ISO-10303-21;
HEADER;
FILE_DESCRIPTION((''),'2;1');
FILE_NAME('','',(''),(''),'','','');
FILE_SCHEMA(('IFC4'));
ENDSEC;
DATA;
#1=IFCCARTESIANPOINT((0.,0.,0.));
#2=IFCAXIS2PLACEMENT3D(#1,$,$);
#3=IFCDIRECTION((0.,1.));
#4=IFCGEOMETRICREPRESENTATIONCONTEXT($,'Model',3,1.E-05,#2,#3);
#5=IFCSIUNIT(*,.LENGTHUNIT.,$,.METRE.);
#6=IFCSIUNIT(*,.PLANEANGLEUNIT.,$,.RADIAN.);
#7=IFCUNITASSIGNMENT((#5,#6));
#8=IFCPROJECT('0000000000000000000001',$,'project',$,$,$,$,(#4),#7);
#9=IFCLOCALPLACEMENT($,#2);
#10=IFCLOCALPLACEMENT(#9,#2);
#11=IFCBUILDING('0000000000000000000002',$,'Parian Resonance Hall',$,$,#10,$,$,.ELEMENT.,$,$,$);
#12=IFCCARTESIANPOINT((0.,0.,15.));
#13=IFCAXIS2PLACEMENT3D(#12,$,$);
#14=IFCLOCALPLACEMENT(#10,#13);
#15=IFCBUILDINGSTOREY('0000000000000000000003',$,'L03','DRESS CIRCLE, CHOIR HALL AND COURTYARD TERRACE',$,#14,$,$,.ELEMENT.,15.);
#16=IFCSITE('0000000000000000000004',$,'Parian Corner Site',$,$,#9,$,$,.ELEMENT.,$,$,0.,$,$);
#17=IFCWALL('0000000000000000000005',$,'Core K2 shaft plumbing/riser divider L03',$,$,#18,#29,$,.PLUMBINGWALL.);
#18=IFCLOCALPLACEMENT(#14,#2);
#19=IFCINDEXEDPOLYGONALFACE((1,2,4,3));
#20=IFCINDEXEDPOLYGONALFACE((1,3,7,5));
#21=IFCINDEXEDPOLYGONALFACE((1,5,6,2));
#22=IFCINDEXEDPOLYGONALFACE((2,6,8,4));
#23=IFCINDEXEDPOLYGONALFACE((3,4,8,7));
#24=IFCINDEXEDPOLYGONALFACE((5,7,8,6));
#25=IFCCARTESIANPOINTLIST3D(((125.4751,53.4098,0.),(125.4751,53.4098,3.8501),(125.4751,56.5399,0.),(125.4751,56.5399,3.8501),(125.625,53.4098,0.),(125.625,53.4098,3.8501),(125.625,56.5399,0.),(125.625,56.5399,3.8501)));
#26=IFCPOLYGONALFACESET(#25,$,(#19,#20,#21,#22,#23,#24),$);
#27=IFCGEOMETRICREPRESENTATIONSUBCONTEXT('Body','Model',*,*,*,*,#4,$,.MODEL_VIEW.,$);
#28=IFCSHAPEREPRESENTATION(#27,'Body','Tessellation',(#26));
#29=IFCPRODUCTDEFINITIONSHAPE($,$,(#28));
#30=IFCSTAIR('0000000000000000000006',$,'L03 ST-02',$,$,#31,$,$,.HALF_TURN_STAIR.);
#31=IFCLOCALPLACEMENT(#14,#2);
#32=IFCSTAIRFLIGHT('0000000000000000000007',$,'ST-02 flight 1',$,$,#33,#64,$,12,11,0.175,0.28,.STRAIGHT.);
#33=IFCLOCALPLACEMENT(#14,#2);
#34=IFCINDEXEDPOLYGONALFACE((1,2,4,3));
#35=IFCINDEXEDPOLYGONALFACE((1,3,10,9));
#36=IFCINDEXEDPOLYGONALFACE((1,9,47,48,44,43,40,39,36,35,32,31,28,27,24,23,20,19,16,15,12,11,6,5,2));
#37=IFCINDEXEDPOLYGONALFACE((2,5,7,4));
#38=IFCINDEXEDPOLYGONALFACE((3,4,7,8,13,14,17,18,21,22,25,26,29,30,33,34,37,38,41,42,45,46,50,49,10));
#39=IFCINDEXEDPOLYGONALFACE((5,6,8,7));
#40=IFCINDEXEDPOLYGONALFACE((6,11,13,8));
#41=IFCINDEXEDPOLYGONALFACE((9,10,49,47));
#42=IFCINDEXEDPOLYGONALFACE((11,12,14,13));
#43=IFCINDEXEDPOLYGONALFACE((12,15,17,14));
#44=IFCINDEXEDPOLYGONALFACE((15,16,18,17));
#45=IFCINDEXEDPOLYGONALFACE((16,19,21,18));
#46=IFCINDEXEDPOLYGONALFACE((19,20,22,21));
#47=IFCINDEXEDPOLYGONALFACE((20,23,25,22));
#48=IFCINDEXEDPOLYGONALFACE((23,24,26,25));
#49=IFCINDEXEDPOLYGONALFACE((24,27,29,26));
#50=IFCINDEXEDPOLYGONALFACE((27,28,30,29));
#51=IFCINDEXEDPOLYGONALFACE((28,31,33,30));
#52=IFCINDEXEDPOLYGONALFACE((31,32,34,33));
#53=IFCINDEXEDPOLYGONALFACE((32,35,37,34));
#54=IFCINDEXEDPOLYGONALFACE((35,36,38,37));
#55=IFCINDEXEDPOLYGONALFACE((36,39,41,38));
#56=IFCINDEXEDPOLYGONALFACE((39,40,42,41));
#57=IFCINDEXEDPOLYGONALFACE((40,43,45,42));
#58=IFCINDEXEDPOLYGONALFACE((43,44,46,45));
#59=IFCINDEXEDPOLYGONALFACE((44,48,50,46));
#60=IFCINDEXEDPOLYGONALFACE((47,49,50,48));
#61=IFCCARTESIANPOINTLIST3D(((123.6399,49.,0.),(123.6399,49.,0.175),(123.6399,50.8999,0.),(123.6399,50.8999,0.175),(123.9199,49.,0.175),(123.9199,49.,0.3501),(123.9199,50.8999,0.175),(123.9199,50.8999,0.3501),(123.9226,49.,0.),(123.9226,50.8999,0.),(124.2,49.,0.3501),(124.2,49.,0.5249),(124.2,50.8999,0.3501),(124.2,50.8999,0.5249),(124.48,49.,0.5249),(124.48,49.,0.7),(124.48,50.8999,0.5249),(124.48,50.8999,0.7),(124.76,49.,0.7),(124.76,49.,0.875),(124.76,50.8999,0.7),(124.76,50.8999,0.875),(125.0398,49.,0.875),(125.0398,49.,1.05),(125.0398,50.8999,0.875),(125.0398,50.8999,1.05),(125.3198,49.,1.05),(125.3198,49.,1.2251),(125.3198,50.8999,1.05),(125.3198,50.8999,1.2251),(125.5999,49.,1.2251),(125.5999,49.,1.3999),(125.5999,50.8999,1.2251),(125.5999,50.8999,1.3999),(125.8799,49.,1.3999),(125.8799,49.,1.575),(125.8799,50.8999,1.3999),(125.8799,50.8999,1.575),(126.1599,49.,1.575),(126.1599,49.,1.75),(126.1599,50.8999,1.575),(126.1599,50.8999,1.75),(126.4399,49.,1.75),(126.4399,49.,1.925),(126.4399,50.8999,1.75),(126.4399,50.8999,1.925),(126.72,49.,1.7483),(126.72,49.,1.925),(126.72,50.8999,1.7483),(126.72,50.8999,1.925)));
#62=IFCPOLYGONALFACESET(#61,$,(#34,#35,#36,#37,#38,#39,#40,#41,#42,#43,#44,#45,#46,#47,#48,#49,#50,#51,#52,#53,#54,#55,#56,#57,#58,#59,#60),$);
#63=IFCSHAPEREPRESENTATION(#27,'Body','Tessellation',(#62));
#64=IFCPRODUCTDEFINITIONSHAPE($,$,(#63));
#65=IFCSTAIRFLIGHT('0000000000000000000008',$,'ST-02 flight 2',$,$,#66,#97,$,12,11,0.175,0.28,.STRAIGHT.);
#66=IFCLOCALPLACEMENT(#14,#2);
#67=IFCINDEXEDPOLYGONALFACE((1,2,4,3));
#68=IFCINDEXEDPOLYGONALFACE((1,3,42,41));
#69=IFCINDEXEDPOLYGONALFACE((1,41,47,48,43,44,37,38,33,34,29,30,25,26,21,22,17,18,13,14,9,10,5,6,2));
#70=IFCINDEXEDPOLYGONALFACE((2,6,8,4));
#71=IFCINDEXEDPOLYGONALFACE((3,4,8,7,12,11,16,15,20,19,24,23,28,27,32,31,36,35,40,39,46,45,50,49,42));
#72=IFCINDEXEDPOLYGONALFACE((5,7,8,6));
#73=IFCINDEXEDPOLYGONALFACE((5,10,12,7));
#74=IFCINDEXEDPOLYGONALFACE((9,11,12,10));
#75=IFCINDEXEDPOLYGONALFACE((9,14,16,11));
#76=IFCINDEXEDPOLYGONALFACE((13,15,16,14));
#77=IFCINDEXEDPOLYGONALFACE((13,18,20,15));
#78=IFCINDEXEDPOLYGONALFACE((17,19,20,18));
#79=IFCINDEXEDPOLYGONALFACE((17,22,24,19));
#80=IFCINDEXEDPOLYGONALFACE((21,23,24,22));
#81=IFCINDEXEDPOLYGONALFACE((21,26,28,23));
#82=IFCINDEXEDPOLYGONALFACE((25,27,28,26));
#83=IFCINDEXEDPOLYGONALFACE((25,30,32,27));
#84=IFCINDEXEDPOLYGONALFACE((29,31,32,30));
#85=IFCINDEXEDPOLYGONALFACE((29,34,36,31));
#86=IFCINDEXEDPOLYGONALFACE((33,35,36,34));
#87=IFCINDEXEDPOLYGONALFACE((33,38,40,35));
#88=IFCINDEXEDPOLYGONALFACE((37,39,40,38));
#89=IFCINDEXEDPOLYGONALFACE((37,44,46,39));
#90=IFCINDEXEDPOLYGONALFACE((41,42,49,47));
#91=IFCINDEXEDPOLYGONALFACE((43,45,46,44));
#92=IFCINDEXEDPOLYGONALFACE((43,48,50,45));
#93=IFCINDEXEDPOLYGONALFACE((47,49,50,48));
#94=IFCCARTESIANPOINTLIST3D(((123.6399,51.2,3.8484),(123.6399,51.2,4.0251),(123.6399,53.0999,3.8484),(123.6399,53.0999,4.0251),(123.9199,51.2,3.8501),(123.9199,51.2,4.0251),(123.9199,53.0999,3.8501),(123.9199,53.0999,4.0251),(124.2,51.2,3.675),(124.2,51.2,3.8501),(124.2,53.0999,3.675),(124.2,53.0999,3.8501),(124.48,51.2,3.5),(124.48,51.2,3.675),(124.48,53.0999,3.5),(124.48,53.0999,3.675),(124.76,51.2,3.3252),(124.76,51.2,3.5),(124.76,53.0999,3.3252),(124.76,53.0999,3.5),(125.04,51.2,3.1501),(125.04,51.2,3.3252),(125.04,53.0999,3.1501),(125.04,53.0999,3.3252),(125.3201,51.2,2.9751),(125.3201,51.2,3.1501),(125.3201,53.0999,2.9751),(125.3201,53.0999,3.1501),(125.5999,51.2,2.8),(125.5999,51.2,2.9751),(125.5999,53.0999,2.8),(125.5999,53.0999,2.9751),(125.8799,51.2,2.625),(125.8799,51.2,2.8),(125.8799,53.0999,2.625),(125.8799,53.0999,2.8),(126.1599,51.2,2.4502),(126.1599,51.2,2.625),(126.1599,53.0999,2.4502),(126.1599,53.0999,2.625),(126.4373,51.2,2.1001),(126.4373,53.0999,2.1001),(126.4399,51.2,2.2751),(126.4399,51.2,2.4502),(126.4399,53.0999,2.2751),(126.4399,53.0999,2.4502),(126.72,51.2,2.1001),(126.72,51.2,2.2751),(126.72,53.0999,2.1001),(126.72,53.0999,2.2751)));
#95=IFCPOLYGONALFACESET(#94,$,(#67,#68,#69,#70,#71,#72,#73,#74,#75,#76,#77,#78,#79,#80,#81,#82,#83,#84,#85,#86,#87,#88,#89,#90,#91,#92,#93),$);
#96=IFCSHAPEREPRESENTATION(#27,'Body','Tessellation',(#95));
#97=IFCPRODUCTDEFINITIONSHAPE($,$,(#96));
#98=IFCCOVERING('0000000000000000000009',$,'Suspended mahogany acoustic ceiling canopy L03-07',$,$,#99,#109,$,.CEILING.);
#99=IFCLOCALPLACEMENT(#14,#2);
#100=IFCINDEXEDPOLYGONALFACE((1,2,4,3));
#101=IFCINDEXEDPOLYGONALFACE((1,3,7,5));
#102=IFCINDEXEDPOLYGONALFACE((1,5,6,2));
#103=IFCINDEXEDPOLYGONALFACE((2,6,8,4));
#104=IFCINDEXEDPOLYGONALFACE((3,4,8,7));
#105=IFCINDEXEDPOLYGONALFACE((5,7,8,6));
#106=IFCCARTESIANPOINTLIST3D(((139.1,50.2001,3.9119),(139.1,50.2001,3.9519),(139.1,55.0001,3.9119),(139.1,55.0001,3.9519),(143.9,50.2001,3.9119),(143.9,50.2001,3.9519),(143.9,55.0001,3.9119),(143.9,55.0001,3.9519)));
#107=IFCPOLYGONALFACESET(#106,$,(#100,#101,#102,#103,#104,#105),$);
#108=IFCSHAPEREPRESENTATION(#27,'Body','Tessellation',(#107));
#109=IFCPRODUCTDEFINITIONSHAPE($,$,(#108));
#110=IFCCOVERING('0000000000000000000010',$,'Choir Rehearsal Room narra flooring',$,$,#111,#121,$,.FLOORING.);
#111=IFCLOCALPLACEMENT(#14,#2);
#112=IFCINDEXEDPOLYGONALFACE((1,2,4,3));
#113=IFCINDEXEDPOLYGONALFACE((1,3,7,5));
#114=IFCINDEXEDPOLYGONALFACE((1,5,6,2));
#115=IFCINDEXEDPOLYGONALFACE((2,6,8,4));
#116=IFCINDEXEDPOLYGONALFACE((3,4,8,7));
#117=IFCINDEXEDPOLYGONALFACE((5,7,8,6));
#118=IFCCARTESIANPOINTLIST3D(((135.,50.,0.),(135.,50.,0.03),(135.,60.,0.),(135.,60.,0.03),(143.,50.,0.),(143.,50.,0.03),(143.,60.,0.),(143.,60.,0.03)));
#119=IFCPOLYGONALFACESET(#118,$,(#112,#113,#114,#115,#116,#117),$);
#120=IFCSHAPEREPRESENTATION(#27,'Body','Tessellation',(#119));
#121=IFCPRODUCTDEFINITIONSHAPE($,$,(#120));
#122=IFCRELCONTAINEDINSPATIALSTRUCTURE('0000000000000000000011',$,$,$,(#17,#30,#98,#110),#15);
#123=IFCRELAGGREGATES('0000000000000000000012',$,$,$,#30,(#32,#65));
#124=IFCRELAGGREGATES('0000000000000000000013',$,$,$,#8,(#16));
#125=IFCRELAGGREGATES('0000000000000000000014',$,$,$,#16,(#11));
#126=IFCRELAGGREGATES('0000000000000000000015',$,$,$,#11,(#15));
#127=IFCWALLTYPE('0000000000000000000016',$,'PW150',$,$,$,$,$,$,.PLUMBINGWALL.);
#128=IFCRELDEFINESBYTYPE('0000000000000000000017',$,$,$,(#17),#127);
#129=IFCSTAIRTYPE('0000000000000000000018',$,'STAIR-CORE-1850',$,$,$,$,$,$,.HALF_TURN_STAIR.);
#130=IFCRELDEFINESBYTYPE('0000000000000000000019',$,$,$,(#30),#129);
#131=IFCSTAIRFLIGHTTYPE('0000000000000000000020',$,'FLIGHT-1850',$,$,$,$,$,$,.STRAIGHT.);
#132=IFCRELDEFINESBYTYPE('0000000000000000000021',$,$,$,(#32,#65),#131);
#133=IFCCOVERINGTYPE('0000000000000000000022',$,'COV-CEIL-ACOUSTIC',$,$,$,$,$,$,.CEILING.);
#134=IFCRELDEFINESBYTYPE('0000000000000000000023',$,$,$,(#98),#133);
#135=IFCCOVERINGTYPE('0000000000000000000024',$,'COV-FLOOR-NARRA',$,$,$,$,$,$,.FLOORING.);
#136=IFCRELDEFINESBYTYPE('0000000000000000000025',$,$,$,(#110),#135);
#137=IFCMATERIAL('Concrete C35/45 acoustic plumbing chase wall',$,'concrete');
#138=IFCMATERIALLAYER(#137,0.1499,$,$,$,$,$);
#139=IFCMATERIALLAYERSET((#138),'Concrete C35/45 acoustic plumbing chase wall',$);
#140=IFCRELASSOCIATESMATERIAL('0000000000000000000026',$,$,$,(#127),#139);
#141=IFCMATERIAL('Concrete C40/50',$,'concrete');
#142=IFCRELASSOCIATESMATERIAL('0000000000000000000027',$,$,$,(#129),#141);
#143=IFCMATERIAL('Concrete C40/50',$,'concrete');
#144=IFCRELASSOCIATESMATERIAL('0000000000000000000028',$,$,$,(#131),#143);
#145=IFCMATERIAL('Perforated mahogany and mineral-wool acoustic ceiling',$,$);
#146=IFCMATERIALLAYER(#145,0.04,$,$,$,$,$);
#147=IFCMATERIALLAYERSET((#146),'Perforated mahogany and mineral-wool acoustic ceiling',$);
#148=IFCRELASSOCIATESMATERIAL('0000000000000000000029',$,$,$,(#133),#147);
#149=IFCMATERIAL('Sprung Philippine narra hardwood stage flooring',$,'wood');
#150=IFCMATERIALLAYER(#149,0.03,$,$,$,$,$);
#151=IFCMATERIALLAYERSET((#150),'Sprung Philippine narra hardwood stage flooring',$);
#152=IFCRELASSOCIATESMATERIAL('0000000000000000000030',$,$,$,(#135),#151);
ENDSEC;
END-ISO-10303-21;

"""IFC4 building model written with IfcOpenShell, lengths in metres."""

from ifc_helpers import new_model, si_unit, direction, frame, frame_2d, origin, origin_2d, place, context, subcontext, project, spatial, polyline, rectangle, outline, extrude, material, layer, layer_set, type_object, element, aggregate, save


model = new_model("IFC4")

# Units and contexts
model_context = context("Model", 3, precision=1e-05, world=origin(), true_north=direction((0.0, 1.0)))
body_context = subcontext(model_context, "Body", "Model", "MODEL_VIEW")
ifc_project = project(units=[si_unit("LENGTHUNIT", "METRE"), si_unit("PLANEANGLEUNIT", "RADIAN")], contexts=[model_context])

# Site, building, storey
site_placement = place(None, origin())
site = spatial("IfcSite", under=ifc_project, at=site_placement, Name="Parian Corner Site", CompositionType="ELEMENT", RefElevation=0.0)
building_placement = place(site_placement, origin())
building = spatial("IfcBuilding", under=site, at=building_placement, Name="Parian Resonance Hall", CompositionType="ELEMENT")
storey_placement = place(building_placement, frame((0.0, 0.0, 15.0)))
storey = spatial("IfcBuildingStorey", under=building, at=storey_placement, Name="L03", Description="DRESS CIRCLE, CHOIR HALL AND COURTYARD TERRACE", CompositionType="ELEMENT", Elevation=15.0)

# Wall
ifc_material_1 = material(Name="Concrete C35/45 acoustic plumbing chase wall", Category="concrete")
ifc_layer_1 = layer(ifc_material_1, 0.1499)
ifc_layer_set_1 = layer_set([ifc_layer_1], Name="Concrete C35/45 acoustic plumbing chase wall")
wall_type_1 = type_object("IfcWallType", Name="PW150", PredefinedType="PLUMBINGWALL", material=ifc_layer_set_1)
wall_1_placement = place(storey_placement, frame((125.55, 53.4099, 0.0), z_axis=(0.0, 0.0, 1.0), x_axis=(0.0, 1.0, 0.0)))
element("IfcWall", 1, at=wall_1_placement, inside=storey, type_object=wall_type_1, Name="Core K2 shaft plumbing/riser divider L03", PredefinedType="PLUMBINGWALL", context=body_context, shape_type="SweptSolid", body=[
    extrude(rectangle(XDim=3.1301, YDim=0.1499, at=frame_2d((1.5649, 0.0))), origin(), (0.0, 0.0, 1.0), 3.8501),
])

# Stair, stair flights
ifc_material_2 = material(Name="Concrete C40/50", Category="concrete")
stair_type = type_object("IfcStairType", Name="STAIR-CORE-1850", PredefinedType="HALF_TURN_STAIR", material=ifc_material_2)
stair_placement = place(storey_placement, origin())
stair = element("IfcStair", 2, at=stair_placement, inside=storey, type_object=stair_type, Name="L03 ST-02", PredefinedType="HALF_TURN_STAIR")
ifc_material_3 = material(Name="Concrete C40/50", Category="concrete")
stair_flight_type = type_object("IfcStairFlightType", Name="FLIGHT-1850", PredefinedType="STRAIGHT", material=ifc_material_3)
stair_flight_1_placement = place(storey_placement, frame((123.6399, 49.95, 0.0), z_axis=(0.0, 0.0, 1.0), x_axis=(1.0, 0.0, 0.0)))
stair_flight_1 = element("IfcStairFlight", 3, at=stair_flight_1_placement, type_object=stair_flight_type, Name="ST-02 flight 1", NumberOfRisers=12, NumberOfTreads=11, PredefinedType="STRAIGHT", RiserHeight=0.175, TreadLength=0.28, context=body_context, shape_type="SweptSolid", body=[
    extrude(outline(polyline([(0.0, 0.0), (0.0, 0.175), (0.28, 0.175), (0.28, 0.3501), (0.5601, 0.3501), (0.5601, 0.5249), (0.8401, 0.5249), (0.8401, 0.7), (1.1201, 0.7), (1.1201, 0.875), (1.3999, 0.875), (1.3999, 1.05), (1.6799, 1.05), (1.6799, 1.2251), (1.96, 1.2251), (1.96, 1.3999), (2.24, 1.3999), (2.24, 1.575), (2.52, 1.575), (2.52, 1.75), (2.8, 1.75), (2.8, 1.925), (3.0801, 1.925), (3.0801, 2.1001), (3.0801, 1.7483), (0.2827, 0.0), (0.0, 0.0)])), frame((0.0, 0.95, 0.0), z_axis=(0.0, -1.0, 0.0), x_axis=(1.0, 0.0, 0.0)), (0.0, 0.0, 1.0), 1.8999),
])
stair_flight_2_placement = place(storey_placement, frame((126.72, 52.1499, 2.1001), z_axis=(0.0, 0.0, 1.0), x_axis=(-1.0, 0.0, 0.0)))
stair_flight_2 = element("IfcStairFlight", 4, at=stair_flight_2_placement, type_object=stair_flight_type, Name="ST-02 flight 2", NumberOfRisers=12, NumberOfTreads=11, PredefinedType="STRAIGHT", RiserHeight=0.175, TreadLength=0.28, context=body_context, shape_type="SweptSolid", body=[
    extrude(outline(polyline([(0.0, 0.0), (0.0, 0.175), (0.28, 0.175), (0.28, 0.3501), (0.5601, 0.3501), (0.5601, 0.5249), (0.8401, 0.5249), (0.8401, 0.7), (1.1201, 0.7), (1.1201, 0.875), (1.3999, 0.875), (1.3999, 1.05), (1.6799, 1.05), (1.6799, 1.2251), (1.96, 1.2251), (1.96, 1.3999), (2.24, 1.3999), (2.24, 1.575), (2.52, 1.575), (2.52, 1.75), (2.8, 1.75), (2.8, 1.925), (3.0801, 1.925), (3.0801, 2.1001), (3.0801, 1.7483), (0.2827, 0.0), (0.0, 0.0)])), frame((0.0, 0.95, 0.0), z_axis=(0.0, -1.0, 0.0), x_axis=(1.0, 0.0, 0.0)), (0.0, 0.0, 1.0), 1.8999),
])
aggregate(stair, [stair_flight_1, stair_flight_2])

# Coverings
ifc_material_4 = material(Name="Perforated mahogany and mineral-wool acoustic ceiling")
ifc_layer_2 = layer(ifc_material_4, 0.04)
ifc_layer_set_2 = layer_set([ifc_layer_2], Name="Perforated mahogany and mineral-wool acoustic ceiling")
covering_type_1 = type_object("IfcCoveringType", Name="COV-CEIL-ACOUSTIC", PredefinedType="CEILING", material=ifc_layer_set_2)
covering_1_placement = place(storey_placement, frame((141.5, 52.6001, 3.9119), z_axis=(0.0, 0.0, 1.0), x_axis=(1.0, 0.0, 0.0)))
element("IfcCovering", 5, at=covering_1_placement, inside=storey, type_object=covering_type_1, Name="Suspended mahogany acoustic ceiling canopy L03-07", PredefinedType="CEILING", context=body_context, shape_type="SweptSolid", body=[
    extrude(rectangle(XDim=4.8, YDim=4.8, at=origin_2d()), origin(), (0.0, 0.0, 1.0), 0.04),
])
ifc_material_5 = material(Name="Sprung Philippine narra hardwood stage flooring", Category="wood")
ifc_layer_3 = layer(ifc_material_5, 0.03)
ifc_layer_set_3 = layer_set([ifc_layer_3], Name="Sprung Philippine narra hardwood stage flooring")
covering_type_2 = type_object("IfcCoveringType", Name="COV-FLOOR-NARRA", PredefinedType="FLOORING", material=ifc_layer_set_3)
covering_2_placement = place(storey_placement, frame((139.0, 55.0, 0.0), z_axis=(0.0, 0.0, 1.0), x_axis=(1.0, 0.0, 0.0)))
element("IfcCovering", 6, at=covering_2_placement, inside=storey, type_object=covering_type_2, Name="Choir Rehearsal Room narra flooring", PredefinedType="FLOORING", context=body_context, shape_type="SweptSolid", body=[
    extrude(rectangle(XDim=8.0, YDim=10.0, at=origin_2d()), origin(), (0.0, 0.0, 1.0), 0.03),
])

save(model, "model.ifc")
